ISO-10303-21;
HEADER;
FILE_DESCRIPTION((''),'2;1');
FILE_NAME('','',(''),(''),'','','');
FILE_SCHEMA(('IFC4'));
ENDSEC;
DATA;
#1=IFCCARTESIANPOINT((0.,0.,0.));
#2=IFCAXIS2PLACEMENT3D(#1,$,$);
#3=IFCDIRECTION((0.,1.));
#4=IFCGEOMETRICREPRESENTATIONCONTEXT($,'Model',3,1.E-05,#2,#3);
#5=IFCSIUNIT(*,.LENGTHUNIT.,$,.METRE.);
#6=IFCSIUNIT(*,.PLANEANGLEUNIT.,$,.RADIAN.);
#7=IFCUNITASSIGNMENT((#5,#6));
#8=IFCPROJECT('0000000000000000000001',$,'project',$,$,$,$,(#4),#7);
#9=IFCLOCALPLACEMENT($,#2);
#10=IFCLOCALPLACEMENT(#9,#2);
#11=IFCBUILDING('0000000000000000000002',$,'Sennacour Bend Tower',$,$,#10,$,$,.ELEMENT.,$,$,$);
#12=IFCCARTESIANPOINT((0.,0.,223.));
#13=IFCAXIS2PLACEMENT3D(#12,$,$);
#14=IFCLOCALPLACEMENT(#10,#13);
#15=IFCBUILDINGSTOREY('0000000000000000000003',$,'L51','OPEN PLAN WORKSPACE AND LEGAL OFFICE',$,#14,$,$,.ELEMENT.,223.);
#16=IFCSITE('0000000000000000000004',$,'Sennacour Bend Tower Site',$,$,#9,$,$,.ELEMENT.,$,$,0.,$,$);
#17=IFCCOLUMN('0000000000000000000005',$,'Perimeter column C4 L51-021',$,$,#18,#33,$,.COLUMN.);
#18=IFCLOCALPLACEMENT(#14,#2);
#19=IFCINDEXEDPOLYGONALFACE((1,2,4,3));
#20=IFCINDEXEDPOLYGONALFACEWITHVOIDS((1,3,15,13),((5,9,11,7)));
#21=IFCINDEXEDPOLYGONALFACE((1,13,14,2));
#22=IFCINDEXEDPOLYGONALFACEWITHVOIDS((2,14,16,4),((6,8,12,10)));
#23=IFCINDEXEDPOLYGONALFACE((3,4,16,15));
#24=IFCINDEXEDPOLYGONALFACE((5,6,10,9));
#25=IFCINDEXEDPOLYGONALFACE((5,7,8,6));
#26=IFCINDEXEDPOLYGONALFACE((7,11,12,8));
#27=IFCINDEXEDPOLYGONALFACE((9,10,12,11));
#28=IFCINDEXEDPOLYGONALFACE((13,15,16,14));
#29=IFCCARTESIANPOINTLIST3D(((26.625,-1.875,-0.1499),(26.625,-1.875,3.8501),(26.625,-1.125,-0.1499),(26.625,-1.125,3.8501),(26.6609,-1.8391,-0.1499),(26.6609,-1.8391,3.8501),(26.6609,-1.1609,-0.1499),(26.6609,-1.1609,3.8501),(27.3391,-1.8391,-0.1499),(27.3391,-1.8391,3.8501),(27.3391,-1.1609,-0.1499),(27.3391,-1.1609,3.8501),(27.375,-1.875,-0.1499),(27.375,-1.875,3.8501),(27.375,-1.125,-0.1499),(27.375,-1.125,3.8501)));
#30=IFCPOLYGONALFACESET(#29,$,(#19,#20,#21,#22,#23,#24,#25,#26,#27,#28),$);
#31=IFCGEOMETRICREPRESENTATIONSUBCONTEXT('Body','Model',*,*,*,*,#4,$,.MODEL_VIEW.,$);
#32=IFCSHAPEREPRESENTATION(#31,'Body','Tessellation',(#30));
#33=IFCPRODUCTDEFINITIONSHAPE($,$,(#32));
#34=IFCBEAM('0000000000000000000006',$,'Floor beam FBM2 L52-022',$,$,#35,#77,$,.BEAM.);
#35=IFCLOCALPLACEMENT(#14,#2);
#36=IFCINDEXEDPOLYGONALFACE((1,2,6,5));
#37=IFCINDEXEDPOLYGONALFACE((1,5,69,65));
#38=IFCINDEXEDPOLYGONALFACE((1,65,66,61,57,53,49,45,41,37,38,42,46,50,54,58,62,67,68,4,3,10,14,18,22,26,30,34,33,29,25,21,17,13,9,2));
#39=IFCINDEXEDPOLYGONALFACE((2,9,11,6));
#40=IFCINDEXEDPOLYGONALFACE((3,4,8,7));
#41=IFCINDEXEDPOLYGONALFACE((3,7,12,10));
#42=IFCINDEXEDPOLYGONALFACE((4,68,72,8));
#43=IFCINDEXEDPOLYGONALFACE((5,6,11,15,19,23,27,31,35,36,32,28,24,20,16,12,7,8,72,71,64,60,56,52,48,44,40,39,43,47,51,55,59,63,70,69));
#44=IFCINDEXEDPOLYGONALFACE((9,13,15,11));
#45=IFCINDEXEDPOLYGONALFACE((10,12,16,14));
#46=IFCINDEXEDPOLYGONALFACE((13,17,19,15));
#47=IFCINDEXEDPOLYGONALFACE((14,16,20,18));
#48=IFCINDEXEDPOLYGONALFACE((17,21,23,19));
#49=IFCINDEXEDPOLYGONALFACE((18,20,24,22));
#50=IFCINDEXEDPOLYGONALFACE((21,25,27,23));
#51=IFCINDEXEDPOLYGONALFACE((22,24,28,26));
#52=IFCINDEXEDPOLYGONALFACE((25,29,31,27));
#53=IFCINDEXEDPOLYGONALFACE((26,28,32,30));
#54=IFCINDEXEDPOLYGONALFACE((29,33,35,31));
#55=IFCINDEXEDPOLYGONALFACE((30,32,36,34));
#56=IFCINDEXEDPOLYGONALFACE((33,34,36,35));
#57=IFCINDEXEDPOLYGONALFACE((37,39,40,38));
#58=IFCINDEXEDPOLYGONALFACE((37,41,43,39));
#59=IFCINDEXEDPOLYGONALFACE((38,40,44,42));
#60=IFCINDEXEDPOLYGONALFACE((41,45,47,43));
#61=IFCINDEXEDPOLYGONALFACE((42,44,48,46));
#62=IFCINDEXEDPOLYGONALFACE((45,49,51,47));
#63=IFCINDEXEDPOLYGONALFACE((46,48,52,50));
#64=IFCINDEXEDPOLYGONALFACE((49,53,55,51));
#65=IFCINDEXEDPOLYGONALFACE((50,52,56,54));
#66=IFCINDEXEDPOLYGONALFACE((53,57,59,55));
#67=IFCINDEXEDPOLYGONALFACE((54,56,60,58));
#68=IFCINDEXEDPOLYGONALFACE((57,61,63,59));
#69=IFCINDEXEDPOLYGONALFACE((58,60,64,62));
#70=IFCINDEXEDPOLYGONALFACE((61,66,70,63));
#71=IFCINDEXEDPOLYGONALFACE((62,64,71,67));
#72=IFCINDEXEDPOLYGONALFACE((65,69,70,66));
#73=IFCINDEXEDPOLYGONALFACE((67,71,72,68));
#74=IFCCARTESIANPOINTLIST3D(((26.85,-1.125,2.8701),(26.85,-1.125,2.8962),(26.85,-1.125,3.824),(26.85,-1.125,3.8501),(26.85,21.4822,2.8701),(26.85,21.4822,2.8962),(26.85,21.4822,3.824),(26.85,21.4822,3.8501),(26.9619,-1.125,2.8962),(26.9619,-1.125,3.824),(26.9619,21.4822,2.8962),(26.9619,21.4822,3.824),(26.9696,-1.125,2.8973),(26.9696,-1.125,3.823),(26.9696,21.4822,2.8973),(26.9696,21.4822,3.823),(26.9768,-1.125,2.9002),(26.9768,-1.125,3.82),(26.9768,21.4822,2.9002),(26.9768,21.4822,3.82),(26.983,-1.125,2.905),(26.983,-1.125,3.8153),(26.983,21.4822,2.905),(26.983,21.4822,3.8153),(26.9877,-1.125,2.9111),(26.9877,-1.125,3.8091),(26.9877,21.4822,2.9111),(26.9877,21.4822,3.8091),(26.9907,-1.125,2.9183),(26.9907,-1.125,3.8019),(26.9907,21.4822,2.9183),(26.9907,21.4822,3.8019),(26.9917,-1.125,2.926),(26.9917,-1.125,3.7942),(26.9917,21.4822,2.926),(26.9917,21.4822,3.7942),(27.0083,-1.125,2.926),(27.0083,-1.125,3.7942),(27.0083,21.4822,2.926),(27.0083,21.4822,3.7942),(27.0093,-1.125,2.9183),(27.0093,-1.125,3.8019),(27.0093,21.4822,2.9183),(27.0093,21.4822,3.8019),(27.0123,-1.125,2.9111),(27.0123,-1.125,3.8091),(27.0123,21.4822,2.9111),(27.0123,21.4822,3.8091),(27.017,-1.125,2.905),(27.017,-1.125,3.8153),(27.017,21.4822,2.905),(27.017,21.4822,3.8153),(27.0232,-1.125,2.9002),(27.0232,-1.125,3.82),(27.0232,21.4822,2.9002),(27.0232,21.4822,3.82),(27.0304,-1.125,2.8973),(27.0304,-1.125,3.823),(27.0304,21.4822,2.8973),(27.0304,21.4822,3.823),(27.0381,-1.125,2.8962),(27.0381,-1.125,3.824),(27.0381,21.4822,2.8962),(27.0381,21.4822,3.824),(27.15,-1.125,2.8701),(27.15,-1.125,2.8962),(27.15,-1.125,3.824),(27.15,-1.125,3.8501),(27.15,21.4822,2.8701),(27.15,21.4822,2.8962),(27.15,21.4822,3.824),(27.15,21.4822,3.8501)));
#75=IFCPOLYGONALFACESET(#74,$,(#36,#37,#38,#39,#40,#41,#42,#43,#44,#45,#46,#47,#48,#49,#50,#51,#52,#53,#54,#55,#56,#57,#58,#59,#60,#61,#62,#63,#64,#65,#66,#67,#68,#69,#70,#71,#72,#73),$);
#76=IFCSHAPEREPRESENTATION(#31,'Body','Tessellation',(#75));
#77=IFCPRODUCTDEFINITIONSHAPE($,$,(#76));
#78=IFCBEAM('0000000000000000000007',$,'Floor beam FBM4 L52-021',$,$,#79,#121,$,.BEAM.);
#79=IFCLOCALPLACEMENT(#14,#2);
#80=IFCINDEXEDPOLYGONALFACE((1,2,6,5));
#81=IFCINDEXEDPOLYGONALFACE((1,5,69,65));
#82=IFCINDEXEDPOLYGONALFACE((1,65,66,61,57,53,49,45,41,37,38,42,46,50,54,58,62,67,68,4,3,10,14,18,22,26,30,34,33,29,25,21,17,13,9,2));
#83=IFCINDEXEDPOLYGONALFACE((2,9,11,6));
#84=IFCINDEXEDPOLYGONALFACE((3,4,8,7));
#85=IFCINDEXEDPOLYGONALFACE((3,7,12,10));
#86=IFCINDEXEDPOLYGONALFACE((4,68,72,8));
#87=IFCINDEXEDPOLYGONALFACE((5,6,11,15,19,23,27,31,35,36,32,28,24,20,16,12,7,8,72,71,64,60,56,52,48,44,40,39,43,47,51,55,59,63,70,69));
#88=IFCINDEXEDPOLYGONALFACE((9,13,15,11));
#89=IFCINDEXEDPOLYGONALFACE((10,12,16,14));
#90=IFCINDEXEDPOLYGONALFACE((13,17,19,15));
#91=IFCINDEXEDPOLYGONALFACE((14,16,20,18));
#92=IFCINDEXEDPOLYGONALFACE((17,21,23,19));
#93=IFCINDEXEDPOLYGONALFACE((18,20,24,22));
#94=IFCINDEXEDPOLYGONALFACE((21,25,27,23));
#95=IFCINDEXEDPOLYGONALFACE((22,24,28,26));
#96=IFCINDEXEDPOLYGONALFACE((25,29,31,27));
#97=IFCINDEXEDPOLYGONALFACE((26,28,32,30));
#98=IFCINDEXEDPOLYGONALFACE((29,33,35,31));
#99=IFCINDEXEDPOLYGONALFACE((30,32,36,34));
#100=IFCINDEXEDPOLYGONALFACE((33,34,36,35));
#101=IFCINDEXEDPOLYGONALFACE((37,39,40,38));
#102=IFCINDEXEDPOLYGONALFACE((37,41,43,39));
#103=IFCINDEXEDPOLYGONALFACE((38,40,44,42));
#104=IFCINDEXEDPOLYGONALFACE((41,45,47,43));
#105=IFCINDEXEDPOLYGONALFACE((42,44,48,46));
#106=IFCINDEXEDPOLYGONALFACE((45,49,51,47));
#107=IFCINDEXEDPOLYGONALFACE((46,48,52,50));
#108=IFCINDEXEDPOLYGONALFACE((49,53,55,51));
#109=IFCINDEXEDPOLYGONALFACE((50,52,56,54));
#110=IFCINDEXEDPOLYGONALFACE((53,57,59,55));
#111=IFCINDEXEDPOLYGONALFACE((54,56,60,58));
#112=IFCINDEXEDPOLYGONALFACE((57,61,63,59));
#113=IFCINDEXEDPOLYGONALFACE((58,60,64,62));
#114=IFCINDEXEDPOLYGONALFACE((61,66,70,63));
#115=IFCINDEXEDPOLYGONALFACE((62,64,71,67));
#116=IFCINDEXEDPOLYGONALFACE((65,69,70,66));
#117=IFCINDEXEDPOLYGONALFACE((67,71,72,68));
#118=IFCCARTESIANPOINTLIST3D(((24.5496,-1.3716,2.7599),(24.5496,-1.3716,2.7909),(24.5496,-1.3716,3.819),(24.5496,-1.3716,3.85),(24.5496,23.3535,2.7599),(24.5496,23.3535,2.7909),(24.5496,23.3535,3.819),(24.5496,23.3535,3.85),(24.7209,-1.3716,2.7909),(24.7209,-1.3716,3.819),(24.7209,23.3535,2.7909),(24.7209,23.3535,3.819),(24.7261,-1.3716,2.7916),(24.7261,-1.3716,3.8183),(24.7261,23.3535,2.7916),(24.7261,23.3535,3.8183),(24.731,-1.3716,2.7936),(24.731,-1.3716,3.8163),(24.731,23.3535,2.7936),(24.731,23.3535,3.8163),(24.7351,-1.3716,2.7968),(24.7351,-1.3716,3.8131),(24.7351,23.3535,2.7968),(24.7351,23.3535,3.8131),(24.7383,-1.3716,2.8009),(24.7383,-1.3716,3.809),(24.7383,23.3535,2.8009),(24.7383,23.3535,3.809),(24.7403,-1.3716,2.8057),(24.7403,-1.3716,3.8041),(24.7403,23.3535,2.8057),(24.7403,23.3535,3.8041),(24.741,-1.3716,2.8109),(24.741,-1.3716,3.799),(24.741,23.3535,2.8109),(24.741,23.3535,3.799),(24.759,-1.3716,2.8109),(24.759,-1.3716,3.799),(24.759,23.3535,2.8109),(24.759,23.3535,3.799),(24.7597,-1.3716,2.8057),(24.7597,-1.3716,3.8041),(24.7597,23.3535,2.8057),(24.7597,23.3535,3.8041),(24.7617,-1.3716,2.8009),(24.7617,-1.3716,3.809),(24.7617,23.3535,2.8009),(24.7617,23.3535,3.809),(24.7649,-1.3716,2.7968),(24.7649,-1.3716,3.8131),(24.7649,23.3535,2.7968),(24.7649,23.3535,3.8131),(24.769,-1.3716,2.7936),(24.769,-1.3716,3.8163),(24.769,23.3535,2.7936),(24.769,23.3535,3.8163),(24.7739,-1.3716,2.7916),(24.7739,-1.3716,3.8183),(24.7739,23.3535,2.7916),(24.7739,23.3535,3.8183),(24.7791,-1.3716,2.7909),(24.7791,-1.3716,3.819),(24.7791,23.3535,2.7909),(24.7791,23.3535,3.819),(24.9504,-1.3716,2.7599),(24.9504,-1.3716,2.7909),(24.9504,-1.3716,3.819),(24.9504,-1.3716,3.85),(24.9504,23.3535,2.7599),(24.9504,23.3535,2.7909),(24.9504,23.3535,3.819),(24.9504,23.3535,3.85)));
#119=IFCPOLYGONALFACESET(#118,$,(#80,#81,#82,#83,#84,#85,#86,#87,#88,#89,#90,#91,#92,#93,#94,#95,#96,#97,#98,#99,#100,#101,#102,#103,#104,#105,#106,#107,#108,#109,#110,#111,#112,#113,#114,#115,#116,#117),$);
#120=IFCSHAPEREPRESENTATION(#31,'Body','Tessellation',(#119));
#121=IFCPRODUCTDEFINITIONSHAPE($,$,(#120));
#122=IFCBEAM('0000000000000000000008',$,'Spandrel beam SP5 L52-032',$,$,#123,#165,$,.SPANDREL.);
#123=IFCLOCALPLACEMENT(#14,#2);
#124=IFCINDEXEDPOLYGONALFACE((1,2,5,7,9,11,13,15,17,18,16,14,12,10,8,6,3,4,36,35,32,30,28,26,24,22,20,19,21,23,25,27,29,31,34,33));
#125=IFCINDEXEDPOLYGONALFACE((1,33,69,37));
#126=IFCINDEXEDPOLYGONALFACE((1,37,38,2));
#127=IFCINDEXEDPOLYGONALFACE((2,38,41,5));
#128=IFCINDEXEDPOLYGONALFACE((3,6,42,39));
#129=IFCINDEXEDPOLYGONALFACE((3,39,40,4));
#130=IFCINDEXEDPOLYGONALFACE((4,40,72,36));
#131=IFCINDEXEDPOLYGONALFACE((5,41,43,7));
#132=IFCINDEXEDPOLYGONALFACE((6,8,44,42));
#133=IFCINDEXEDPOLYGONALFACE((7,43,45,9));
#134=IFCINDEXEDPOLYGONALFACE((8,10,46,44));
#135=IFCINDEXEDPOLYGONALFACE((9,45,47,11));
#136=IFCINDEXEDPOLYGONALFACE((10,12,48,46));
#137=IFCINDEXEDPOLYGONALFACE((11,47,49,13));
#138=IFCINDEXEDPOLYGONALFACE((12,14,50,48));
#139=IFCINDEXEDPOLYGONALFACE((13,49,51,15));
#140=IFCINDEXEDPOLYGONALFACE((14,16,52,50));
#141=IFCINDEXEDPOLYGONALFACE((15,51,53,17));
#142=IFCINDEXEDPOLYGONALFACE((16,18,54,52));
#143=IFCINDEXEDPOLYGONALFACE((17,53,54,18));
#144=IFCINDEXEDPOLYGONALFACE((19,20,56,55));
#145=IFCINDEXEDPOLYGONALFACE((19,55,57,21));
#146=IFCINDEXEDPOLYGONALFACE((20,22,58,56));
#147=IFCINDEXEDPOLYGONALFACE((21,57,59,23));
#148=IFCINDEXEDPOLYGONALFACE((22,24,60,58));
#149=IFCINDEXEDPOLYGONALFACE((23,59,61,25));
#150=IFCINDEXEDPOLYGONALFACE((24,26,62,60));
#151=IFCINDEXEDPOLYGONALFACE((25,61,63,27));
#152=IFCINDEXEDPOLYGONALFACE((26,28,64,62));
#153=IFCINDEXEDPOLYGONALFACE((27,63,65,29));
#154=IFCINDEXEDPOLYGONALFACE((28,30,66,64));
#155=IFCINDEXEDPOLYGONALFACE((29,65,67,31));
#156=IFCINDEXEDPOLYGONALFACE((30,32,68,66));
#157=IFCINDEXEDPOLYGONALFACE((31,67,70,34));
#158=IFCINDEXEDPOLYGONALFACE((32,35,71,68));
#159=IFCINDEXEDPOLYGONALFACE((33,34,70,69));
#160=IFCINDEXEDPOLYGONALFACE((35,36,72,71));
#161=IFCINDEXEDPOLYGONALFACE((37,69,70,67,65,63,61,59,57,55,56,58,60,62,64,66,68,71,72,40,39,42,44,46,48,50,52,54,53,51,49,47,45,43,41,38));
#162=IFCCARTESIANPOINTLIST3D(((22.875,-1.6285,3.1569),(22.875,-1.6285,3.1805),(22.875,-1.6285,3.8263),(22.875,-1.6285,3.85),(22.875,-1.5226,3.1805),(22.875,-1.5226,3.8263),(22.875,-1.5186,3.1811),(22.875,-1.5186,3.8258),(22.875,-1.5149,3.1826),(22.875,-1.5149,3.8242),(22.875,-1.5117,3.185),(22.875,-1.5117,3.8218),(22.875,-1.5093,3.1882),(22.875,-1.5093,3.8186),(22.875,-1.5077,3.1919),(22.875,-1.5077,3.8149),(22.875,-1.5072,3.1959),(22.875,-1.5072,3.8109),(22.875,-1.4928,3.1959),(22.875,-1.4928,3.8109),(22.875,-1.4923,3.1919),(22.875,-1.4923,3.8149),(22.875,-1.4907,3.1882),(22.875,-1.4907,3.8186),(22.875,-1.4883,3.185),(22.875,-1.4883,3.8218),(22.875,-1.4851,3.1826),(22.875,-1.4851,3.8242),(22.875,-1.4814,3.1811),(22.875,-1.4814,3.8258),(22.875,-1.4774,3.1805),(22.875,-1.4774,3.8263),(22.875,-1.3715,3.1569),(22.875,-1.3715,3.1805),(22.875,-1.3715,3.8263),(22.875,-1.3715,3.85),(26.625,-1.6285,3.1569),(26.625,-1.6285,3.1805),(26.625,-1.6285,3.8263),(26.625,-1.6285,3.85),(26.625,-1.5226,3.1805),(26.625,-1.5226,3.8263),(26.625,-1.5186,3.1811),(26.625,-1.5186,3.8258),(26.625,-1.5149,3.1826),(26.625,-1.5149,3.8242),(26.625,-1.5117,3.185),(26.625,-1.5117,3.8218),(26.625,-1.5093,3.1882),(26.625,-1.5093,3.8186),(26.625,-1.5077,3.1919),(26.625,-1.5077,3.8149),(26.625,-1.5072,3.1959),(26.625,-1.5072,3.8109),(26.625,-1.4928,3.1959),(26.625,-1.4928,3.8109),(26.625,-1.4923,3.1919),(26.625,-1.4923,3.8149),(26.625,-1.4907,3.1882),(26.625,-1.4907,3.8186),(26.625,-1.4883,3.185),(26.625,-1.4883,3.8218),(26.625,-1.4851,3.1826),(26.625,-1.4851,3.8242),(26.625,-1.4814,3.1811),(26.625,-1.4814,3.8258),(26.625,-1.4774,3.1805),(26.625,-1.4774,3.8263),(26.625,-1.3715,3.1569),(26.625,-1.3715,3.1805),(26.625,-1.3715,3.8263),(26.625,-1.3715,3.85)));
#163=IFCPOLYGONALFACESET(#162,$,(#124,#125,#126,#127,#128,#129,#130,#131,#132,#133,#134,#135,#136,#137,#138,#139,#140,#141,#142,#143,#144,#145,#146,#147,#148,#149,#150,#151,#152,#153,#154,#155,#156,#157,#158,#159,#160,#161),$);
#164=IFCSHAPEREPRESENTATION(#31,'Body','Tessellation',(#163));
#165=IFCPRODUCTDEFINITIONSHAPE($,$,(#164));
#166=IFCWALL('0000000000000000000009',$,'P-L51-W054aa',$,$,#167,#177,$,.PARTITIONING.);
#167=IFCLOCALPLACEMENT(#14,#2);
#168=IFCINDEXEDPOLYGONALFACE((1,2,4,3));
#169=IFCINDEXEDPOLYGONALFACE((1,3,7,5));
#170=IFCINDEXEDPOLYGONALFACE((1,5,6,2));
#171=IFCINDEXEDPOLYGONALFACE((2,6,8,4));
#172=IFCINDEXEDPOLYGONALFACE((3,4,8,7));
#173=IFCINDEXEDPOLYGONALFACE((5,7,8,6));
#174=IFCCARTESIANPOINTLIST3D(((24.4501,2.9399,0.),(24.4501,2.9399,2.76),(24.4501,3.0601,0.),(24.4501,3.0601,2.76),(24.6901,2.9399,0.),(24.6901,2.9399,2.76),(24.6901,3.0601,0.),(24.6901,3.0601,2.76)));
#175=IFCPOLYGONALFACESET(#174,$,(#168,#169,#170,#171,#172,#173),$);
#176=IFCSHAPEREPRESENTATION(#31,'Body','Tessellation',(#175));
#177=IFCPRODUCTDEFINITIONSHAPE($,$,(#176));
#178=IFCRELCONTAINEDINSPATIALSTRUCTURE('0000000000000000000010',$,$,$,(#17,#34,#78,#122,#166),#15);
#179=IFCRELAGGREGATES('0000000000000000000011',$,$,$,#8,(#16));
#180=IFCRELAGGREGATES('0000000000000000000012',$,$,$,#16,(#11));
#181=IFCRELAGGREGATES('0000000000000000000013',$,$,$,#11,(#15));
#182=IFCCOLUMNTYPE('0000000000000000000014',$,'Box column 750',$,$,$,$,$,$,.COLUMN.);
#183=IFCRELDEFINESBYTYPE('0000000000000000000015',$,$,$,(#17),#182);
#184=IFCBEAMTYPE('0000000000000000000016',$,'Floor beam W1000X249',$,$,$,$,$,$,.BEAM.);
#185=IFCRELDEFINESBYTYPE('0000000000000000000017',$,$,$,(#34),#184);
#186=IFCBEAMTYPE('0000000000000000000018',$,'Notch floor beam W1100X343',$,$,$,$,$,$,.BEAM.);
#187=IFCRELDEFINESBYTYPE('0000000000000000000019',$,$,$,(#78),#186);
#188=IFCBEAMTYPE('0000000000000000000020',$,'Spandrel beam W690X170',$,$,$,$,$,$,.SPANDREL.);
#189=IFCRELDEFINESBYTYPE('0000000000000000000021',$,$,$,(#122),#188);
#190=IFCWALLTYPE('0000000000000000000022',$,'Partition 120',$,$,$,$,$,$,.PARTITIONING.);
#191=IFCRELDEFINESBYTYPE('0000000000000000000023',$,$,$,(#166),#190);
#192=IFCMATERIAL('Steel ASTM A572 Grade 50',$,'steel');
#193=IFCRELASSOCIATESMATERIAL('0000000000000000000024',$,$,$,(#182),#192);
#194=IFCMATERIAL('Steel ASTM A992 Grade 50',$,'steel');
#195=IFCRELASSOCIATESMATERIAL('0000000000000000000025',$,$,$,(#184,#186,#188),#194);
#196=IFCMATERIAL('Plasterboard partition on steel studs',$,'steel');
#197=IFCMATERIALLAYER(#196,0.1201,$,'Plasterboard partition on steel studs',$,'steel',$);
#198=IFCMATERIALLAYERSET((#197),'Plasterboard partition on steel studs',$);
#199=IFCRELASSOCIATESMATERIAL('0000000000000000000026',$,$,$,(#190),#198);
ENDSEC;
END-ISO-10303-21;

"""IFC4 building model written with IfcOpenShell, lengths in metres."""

from ifc_helpers import new_model, si_unit, direction, frame, frame_2d, origin, origin_2d, place, context, subcontext, project, spatial, rectangle, hollow_rectangle, i_section, extrude, material, layer, layer_set, material_profile, profile_set, type_object, element, save


model = new_model("IFC4")

# Units and contexts
model_context = context("Model", 3, precision=1e-05, world=origin(), true_north=direction((0.0, 1.0)))
body_context = subcontext(model_context, "Body", "Model", "MODEL_VIEW")
ifc_project = project(units=[si_unit("LENGTHUNIT", "METRE"), si_unit("PLANEANGLEUNIT", "RADIAN")], contexts=[model_context])

# Site, building, storey
site_placement = place(None, origin())
site = spatial("IfcSite", under=ifc_project, at=site_placement, Name="Sennacour Bend Tower Site", CompositionType="ELEMENT", RefElevation=0.0)
building_placement = place(site_placement, origin())
building = spatial("IfcBuilding", under=site, at=building_placement, Name="Sennacour Bend Tower", CompositionType="ELEMENT")
storey_placement = place(building_placement, frame((0.0, 0.0, 223.0)))
storey = spatial("IfcBuildingStorey", under=building, at=storey_placement, Name="L51", Description="OPEN PLAN WORKSPACE AND LEGAL OFFICE", CompositionType="ELEMENT", Elevation=223.0)

# Column
ifc_material_1 = material(Name="Steel ASTM A572 Grade 50", Category="steel")
ifc_material_profile_1 = material_profile(ifc_material_1, hollow_rectangle(XDim=0.75, YDim=0.75, WallThickness=0.0359, at=origin_2d()), Name="Steel ASTM A572 Grade 50", Category="steel")
ifc_profile_set_1 = profile_set([ifc_material_profile_1], Name="Steel ASTM A572 Grade 50")
column_type = type_object("IfcColumnType", Name="Box column 750", PredefinedType="COLUMN", material=ifc_profile_set_1)
column_placement = place(storey_placement, frame((27.0, -1.5, -0.1499), z_axis=(0.0, 0.0, 1.0), x_axis=(1.0, 0.0, 0.0)))
element("IfcColumn", 1, at=column_placement, inside=storey, type_object=column_type, Name="Perimeter column C4 L51-021", PredefinedType="COLUMN", context=body_context, shape_type="SweptSolid", body=[
    extrude(hollow_rectangle(XDim=0.75, YDim=0.75, WallThickness=0.0359, at=origin_2d()), origin(), (0.0, 0.0, 1.0), 4.0),
])

# Beams
ifc_material_2 = material(Name="Steel ASTM A992 Grade 50", Category="steel")
ifc_material_profile_2 = material_profile(ifc_material_2, i_section(OverallWidth=0.3, OverallDepth=0.98, WebThickness=0.0166, FlangeThickness=0.0261, FilletRadius=0.0298, at=origin_2d()), Name="Steel ASTM A992 Grade 50", Category="steel")
ifc_profile_set_2 = profile_set([ifc_material_profile_2], Name="Steel ASTM A992 Grade 50")
beam_type_1 = type_object("IfcBeamType", Name="Floor beam W1000X249", PredefinedType="BEAM", material=ifc_profile_set_2)
beam_1_placement = place(storey_placement, frame((27.0, -1.125, 3.3601), z_axis=(0.0, 1.0, 0.0), x_axis=(-1.0, 0.0, 0.0)))
element("IfcBeam", 2, at=beam_1_placement, inside=storey, type_object=beam_type_1, Name="Floor beam FBM2 L52-022", PredefinedType="BEAM", context=body_context, shape_type="SweptSolid", body=[
    extrude(i_section(OverallWidth=0.3, OverallDepth=0.98, WebThickness=0.0166, FlangeThickness=0.0261, FilletRadius=0.0298, at=origin_2d()), origin(), (0.0, 0.0, 1.0), 22.6072),
])
ifc_material_profile_3 = material_profile(ifc_material_2, i_section(OverallWidth=0.4009, OverallDepth=1.0901, WebThickness=0.0181, FlangeThickness=0.031, FilletRadius=0.02, at=origin_2d()), Name="Steel ASTM A992 Grade 50", Category="steel")
ifc_profile_set_3 = profile_set([ifc_material_profile_3], Name="Steel ASTM A992 Grade 50")
beam_type_2 = type_object("IfcBeamType", Name="Notch floor beam W1100X343", PredefinedType="BEAM", material=ifc_profile_set_3)
beam_2_placement = place(storey_placement, frame((24.75, -1.3716, 3.3049), z_axis=(0.0, 1.0, 0.0), x_axis=(-1.0, 0.0, 0.0)))
element("IfcBeam", 3, at=beam_2_placement, inside=storey, type_object=beam_type_2, Name="Floor beam FBM4 L52-021", PredefinedType="BEAM", context=body_context, shape_type="SweptSolid", body=[
    extrude(i_section(OverallWidth=0.4009, OverallDepth=1.0901, WebThickness=0.0181, FlangeThickness=0.031, FilletRadius=0.02, at=origin_2d()), origin(), (0.0, 0.0, 1.0), 24.7251),
])
ifc_material_profile_4 = material_profile(ifc_material_2, i_section(OverallWidth=0.2571, OverallDepth=0.6931, WebThickness=0.0144, FlangeThickness=0.0237, FilletRadius=0.0154, at=origin_2d()), Name="Steel ASTM A992 Grade 50", Category="steel")
ifc_profile_set_4 = profile_set([ifc_material_profile_4], Name="Steel ASTM A992 Grade 50")
beam_type_3 = type_object("IfcBeamType", Name="Spandrel beam W690X170", PredefinedType="SPANDREL", material=ifc_profile_set_4)
beam_3_placement = place(storey_placement, frame((26.625, -1.5, 3.5034), z_axis=(-1.0, 0.0, 0.0), x_axis=(0.0, -1.0, 0.0)))
element("IfcBeam", 4, at=beam_3_placement, inside=storey, type_object=beam_type_3, Name="Spandrel beam SP5 L52-032", PredefinedType="SPANDREL", context=body_context, shape_type="SweptSolid", body=[
    extrude(i_section(OverallWidth=0.2571, OverallDepth=0.6931, WebThickness=0.0144, FlangeThickness=0.0237, FilletRadius=0.0154, at=origin_2d()), origin(), (0.0, 0.0, 1.0), 3.75),
])

# Wall
ifc_material_3 = material(Name="Plasterboard partition on steel studs", Category="steel")
ifc_layer_1 = layer(ifc_material_3, 0.1201, Name="Plasterboard partition on steel studs", Category="steel")
ifc_layer_set_1 = layer_set([ifc_layer_1], Name="Plasterboard partition on steel studs")
wall_type_1 = type_object("IfcWallType", Name="Partition 120", PredefinedType="PARTITIONING", material=ifc_layer_set_1)
wall_1_placement = place(storey_placement, frame((24.45, 3.0, 0.0), z_axis=(0.0, 0.0, 1.0), x_axis=(1.0, 0.0, 0.0)))
element("IfcWall", 5, at=wall_1_placement, inside=storey, type_object=wall_type_1, Name="P-L51-W054aa", PredefinedType="PARTITIONING", context=body_context, shape_type="SweptSolid", body=[
    extrude(rectangle(XDim=0.24, YDim=0.1201, at=frame_2d((0.1201, 0.0))), origin(), (0.0, 0.0, 1.0), 2.76),
])

save(model, "model.ifc")
